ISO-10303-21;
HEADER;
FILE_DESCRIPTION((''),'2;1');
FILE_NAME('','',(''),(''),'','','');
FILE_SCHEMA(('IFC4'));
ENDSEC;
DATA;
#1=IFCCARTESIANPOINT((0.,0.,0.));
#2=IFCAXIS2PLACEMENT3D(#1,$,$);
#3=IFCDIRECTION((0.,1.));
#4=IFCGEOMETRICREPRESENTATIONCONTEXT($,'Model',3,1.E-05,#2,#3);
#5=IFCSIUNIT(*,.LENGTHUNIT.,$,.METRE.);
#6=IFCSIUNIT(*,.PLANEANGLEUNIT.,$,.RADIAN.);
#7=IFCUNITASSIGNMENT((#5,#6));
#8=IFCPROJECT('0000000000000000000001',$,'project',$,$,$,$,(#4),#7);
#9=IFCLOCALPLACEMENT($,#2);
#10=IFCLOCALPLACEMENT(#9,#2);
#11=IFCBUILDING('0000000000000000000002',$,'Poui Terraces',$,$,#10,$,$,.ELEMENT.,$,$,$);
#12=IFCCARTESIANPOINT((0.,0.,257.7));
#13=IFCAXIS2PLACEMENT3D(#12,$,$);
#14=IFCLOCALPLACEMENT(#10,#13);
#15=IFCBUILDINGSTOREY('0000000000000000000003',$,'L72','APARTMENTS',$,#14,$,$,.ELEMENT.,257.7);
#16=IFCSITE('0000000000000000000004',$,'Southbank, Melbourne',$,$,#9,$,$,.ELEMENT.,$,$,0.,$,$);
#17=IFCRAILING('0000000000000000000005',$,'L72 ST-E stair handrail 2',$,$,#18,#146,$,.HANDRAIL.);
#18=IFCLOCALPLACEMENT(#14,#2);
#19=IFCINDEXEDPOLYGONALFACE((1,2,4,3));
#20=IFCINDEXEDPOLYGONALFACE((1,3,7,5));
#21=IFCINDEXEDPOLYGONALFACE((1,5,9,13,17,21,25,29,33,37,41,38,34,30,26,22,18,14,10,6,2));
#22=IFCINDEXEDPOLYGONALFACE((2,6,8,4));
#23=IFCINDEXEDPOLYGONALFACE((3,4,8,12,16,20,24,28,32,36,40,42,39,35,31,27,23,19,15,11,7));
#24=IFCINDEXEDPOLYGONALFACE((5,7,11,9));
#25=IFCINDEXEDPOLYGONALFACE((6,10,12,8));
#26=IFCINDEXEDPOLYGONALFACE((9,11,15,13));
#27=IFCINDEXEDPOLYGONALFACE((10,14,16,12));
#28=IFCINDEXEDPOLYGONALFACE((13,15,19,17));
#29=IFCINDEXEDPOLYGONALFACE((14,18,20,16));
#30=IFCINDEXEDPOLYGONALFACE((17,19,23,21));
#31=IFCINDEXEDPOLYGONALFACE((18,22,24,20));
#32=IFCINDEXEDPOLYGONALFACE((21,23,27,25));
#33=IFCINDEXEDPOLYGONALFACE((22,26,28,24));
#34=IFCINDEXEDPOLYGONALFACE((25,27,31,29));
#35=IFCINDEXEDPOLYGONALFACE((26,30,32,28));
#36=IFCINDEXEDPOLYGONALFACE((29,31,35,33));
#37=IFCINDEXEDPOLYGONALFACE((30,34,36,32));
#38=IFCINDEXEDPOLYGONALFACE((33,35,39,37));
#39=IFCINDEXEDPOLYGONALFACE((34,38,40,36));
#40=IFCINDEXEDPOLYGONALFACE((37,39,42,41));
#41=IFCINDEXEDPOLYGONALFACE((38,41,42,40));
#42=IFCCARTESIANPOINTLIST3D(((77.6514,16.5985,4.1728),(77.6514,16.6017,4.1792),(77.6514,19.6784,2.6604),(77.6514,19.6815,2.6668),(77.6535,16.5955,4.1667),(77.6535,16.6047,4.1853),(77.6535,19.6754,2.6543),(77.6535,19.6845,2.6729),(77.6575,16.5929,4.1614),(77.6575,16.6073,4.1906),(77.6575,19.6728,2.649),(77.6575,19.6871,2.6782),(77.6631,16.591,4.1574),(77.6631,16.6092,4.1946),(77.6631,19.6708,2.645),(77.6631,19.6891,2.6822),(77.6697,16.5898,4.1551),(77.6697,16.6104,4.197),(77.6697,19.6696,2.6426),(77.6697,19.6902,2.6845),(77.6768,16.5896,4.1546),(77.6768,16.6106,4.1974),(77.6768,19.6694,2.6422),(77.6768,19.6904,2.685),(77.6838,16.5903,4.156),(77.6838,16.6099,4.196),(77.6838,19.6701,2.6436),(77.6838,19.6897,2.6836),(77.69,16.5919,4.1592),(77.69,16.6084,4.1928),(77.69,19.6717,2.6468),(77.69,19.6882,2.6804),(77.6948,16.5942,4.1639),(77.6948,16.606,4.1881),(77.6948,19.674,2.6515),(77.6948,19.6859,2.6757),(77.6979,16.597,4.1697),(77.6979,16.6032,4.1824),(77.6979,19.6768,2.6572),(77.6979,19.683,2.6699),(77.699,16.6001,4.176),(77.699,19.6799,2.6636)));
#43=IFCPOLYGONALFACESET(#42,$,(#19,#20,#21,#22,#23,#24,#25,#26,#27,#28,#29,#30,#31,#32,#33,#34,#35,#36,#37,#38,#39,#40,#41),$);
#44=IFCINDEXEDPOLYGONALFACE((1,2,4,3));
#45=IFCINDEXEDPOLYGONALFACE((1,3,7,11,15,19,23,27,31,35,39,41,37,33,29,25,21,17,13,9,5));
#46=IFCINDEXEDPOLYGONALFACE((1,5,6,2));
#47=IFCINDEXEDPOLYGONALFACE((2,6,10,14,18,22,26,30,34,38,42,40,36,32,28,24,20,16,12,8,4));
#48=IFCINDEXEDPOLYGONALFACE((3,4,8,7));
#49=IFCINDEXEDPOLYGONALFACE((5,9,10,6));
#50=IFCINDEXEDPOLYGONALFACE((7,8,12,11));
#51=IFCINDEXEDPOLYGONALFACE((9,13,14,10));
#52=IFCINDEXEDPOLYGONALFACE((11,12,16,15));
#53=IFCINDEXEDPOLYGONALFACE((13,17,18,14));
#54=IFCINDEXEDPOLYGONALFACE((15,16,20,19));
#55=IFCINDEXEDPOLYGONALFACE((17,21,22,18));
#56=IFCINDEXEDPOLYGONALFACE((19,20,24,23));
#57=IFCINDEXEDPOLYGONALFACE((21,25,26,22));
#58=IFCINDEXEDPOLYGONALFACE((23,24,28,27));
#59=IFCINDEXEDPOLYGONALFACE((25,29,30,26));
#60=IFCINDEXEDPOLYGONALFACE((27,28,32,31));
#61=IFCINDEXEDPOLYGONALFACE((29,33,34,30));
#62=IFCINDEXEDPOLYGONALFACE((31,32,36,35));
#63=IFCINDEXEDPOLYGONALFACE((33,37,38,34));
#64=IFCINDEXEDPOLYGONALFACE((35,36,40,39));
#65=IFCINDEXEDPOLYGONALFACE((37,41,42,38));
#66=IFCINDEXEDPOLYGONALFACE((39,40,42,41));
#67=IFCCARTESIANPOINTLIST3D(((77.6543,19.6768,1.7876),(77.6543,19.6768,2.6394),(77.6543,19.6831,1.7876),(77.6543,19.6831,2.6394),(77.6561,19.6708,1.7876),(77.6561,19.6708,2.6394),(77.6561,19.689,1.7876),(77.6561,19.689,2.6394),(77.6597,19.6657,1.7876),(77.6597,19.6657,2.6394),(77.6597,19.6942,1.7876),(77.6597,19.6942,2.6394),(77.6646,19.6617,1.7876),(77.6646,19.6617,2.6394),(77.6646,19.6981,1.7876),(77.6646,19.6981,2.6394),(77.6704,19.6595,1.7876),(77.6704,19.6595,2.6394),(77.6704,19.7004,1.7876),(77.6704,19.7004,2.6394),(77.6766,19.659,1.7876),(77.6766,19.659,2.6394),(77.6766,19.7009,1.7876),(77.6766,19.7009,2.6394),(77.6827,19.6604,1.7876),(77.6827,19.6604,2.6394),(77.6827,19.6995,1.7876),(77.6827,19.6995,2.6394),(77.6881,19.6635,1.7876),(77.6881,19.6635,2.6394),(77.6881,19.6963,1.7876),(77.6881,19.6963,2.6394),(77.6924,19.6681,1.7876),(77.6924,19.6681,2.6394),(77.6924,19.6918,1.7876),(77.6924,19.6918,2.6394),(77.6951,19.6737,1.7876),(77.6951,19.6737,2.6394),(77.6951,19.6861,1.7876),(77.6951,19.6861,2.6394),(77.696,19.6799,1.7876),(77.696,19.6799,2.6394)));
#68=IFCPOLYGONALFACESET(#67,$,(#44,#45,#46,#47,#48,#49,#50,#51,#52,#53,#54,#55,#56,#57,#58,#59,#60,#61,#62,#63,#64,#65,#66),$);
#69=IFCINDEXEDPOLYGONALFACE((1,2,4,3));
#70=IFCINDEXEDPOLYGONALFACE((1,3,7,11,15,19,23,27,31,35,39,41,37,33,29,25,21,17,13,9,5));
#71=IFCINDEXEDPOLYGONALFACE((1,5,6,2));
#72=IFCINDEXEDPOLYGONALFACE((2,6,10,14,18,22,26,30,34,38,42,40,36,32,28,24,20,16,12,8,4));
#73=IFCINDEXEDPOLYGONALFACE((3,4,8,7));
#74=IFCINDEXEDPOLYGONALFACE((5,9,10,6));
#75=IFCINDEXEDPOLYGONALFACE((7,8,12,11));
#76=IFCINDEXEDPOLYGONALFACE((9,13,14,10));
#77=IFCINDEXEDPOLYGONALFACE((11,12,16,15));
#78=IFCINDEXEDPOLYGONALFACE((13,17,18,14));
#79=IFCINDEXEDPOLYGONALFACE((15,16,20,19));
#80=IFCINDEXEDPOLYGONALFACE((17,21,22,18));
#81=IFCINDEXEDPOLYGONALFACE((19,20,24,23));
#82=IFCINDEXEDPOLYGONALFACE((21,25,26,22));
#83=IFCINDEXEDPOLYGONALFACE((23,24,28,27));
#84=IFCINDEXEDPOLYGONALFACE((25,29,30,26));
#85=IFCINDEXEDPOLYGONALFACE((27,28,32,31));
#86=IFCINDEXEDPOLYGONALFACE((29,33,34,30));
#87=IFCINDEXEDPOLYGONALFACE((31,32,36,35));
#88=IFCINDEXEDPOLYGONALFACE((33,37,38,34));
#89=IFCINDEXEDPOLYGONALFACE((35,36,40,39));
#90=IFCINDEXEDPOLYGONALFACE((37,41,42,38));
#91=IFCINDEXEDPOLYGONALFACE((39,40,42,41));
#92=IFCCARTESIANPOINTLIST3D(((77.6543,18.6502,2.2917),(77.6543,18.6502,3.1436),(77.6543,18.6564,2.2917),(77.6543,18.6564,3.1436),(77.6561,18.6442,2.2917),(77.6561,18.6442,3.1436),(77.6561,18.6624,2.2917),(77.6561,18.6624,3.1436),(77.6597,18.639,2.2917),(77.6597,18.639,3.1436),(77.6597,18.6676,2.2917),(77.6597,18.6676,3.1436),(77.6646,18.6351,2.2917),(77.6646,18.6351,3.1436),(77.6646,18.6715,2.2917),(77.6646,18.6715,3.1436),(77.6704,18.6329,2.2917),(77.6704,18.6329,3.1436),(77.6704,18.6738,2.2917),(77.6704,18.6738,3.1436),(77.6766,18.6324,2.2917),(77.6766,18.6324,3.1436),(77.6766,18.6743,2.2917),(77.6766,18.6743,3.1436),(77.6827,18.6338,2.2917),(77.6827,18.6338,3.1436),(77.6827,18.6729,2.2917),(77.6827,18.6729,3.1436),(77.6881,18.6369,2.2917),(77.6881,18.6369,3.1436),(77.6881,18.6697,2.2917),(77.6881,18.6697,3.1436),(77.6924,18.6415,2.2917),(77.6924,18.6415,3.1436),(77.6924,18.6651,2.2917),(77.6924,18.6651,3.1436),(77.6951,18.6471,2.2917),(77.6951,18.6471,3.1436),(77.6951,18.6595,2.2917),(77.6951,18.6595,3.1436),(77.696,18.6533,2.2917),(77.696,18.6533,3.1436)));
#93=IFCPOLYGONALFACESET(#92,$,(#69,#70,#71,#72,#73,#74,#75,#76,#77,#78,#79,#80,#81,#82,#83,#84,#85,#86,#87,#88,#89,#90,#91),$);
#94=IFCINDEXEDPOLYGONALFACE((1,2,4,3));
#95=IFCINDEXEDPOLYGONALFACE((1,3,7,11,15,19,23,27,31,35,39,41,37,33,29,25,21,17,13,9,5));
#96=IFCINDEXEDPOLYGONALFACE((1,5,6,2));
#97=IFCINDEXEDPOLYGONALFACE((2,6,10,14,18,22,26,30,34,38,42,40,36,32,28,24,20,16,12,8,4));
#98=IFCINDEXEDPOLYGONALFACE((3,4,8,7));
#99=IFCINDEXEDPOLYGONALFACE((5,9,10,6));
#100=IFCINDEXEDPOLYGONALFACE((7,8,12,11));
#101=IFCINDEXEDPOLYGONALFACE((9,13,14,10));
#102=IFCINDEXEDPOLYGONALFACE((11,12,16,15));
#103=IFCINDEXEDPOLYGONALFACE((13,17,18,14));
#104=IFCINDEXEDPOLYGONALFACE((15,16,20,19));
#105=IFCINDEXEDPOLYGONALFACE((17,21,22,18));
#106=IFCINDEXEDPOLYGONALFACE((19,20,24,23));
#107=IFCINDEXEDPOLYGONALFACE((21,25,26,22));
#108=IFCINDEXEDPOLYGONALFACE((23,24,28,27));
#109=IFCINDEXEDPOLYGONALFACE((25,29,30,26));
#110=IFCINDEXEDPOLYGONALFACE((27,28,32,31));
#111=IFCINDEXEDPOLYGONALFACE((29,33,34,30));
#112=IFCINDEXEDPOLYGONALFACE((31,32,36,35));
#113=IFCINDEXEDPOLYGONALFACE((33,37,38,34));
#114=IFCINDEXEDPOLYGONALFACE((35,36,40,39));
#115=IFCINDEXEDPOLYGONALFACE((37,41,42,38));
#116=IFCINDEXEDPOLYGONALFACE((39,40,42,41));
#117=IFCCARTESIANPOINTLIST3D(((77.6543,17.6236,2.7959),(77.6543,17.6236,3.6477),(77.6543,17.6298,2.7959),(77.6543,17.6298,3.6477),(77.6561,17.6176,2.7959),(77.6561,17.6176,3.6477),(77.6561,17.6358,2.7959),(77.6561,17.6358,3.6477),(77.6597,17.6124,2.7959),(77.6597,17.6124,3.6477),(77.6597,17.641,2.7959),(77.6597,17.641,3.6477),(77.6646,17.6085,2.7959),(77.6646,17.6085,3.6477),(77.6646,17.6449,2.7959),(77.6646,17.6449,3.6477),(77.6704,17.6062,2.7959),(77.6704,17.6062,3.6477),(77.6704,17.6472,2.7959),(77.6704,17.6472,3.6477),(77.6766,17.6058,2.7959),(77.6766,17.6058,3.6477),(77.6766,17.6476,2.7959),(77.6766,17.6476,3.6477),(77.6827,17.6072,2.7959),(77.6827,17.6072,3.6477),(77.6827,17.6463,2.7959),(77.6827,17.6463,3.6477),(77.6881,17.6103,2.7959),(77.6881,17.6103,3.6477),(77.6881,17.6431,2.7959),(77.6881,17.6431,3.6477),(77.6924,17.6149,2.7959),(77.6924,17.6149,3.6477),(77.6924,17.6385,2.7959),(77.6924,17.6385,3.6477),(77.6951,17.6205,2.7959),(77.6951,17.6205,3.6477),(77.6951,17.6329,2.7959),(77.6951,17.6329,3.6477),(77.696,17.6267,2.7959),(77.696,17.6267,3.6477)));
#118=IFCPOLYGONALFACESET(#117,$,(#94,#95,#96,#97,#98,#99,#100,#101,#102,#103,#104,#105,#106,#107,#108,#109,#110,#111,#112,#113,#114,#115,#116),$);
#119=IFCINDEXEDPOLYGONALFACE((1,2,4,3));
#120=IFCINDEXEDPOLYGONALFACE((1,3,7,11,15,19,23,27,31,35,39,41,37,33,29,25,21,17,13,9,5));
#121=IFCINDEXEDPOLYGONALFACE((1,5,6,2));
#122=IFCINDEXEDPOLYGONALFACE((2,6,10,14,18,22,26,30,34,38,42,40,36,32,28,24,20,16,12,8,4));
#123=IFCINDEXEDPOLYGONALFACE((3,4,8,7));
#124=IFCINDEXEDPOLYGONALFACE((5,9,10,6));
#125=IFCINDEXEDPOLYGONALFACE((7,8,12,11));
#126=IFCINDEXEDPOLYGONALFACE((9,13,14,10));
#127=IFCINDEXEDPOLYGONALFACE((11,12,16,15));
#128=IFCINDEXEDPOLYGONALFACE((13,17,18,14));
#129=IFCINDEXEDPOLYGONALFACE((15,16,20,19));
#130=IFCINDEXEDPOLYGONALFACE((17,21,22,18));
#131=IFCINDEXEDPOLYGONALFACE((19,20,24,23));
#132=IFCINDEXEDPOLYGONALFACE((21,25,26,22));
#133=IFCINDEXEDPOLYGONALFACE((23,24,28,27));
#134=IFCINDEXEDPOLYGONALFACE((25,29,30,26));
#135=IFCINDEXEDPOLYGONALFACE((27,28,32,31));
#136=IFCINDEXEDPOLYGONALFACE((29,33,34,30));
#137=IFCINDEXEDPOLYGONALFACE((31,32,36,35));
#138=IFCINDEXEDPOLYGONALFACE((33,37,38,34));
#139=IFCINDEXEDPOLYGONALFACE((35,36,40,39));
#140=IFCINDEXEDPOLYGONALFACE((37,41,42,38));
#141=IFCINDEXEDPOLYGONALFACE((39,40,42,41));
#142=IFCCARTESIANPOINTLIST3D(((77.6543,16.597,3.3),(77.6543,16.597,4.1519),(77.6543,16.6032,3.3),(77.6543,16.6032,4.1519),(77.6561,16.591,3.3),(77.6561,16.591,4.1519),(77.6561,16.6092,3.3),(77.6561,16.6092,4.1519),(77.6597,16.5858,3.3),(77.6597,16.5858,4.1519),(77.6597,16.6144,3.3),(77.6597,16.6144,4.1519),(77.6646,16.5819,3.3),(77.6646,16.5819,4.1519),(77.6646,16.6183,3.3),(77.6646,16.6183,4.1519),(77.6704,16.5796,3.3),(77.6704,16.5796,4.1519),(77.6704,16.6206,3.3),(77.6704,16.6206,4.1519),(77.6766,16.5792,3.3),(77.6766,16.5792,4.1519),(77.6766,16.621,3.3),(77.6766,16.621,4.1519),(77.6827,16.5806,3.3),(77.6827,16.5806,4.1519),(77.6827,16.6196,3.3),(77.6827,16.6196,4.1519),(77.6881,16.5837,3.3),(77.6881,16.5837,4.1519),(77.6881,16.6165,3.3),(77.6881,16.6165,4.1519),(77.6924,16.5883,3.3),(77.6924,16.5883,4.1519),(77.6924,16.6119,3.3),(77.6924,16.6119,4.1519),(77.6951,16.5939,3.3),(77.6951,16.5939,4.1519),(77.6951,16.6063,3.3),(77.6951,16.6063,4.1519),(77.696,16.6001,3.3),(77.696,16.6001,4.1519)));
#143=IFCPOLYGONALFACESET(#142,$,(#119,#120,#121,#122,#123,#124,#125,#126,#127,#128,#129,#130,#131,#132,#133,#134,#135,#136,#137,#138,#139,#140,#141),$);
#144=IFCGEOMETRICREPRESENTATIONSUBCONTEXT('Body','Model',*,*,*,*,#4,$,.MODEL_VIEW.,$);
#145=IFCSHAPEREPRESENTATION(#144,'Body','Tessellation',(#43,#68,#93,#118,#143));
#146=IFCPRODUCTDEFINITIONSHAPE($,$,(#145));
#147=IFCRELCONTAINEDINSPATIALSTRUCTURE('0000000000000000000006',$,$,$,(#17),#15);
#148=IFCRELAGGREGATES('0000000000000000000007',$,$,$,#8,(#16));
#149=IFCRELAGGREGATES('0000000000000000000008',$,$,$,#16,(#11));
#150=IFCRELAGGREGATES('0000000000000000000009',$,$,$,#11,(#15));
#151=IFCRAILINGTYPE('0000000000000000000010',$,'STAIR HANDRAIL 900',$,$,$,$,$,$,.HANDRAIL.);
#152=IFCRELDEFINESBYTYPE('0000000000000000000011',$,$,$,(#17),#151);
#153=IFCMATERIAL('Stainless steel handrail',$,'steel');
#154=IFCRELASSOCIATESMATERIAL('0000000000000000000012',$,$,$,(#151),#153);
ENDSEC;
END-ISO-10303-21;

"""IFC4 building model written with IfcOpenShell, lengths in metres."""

from ifc_helpers import new_model, si_unit, direction, frame, origin, origin_2d, place, context, subcontext, project, spatial, circle, extrude, material, type_object, element, save


model = new_model("IFC4")

# Units and contexts
model_context = context("Model", 3, precision=1e-05, world=origin(), true_north=direction((0.0, 1.0)))
body_context = subcontext(model_context, "Body", "Model", "MODEL_VIEW")
ifc_project = project(units=[si_unit("LENGTHUNIT", "METRE"), si_unit("PLANEANGLEUNIT", "RADIAN")], contexts=[model_context])

# Site, building, storey
site_placement = place(None, origin())
site = spatial("IfcSite", under=ifc_project, at=site_placement, Name="Southbank, Melbourne", CompositionType="ELEMENT", RefElevation=0.0)
building_placement = place(site_placement, origin())
building = spatial("IfcBuilding", under=site, at=building_placement, Name="Poui Terraces", CompositionType="ELEMENT")
storey_placement = place(building_placement, frame((0.0, 0.0, 257.7)))
storey = spatial("IfcBuildingStorey", under=building, at=storey_placement, Name="L72", Description="APARTMENTS", CompositionType="ELEMENT", Elevation=257.7)

# Railing
ifc_material_1 = material(Name="Stainless steel handrail", Category="steel")
railing_type_1 = type_object("IfcRailingType", Name="STAIR HANDRAIL 900", PredefinedType="HANDRAIL", material=ifc_material_1)
railing_1_placement = place(storey_placement, frame((77.675, 19.6799, 1.7876)))
element("IfcRailing", 1, at=railing_1_placement, inside=storey, type_object=railing_type_1, Name="L72 ST-E stair handrail 2", PredefinedType="HANDRAIL", context=body_context, shape_type="SweptSolid", body=[
    extrude(circle(Radius=0.0239, at=origin_2d()), frame((0.0, 0.0, 0.876), z_axis=(0.0, -0.897606, 0.440798), x_axis=(1.0, 0.0, 0.0)), (0.0, 0.0, 1.0), 3.4312),
    extrude(circle(Radius=0.021, at=origin_2d()), origin(), (0.0, 0.0, 1.0), 0.8518),
    extrude(circle(Radius=0.021, at=origin_2d()), frame((0.0, -1.0266, 0.5042)), (0.0, 0.0, 1.0), 0.8518),
    extrude(circle(Radius=0.021, at=origin_2d()), frame((0.0, -2.0532, 1.0083)), (0.0, 0.0, 1.0), 0.8518),
    extrude(circle(Radius=0.021, at=origin_2d()), frame((0.0, -3.0798, 1.5125)), (0.0, 0.0, 1.0), 0.8518),
])

save(model, "model.ifc")
